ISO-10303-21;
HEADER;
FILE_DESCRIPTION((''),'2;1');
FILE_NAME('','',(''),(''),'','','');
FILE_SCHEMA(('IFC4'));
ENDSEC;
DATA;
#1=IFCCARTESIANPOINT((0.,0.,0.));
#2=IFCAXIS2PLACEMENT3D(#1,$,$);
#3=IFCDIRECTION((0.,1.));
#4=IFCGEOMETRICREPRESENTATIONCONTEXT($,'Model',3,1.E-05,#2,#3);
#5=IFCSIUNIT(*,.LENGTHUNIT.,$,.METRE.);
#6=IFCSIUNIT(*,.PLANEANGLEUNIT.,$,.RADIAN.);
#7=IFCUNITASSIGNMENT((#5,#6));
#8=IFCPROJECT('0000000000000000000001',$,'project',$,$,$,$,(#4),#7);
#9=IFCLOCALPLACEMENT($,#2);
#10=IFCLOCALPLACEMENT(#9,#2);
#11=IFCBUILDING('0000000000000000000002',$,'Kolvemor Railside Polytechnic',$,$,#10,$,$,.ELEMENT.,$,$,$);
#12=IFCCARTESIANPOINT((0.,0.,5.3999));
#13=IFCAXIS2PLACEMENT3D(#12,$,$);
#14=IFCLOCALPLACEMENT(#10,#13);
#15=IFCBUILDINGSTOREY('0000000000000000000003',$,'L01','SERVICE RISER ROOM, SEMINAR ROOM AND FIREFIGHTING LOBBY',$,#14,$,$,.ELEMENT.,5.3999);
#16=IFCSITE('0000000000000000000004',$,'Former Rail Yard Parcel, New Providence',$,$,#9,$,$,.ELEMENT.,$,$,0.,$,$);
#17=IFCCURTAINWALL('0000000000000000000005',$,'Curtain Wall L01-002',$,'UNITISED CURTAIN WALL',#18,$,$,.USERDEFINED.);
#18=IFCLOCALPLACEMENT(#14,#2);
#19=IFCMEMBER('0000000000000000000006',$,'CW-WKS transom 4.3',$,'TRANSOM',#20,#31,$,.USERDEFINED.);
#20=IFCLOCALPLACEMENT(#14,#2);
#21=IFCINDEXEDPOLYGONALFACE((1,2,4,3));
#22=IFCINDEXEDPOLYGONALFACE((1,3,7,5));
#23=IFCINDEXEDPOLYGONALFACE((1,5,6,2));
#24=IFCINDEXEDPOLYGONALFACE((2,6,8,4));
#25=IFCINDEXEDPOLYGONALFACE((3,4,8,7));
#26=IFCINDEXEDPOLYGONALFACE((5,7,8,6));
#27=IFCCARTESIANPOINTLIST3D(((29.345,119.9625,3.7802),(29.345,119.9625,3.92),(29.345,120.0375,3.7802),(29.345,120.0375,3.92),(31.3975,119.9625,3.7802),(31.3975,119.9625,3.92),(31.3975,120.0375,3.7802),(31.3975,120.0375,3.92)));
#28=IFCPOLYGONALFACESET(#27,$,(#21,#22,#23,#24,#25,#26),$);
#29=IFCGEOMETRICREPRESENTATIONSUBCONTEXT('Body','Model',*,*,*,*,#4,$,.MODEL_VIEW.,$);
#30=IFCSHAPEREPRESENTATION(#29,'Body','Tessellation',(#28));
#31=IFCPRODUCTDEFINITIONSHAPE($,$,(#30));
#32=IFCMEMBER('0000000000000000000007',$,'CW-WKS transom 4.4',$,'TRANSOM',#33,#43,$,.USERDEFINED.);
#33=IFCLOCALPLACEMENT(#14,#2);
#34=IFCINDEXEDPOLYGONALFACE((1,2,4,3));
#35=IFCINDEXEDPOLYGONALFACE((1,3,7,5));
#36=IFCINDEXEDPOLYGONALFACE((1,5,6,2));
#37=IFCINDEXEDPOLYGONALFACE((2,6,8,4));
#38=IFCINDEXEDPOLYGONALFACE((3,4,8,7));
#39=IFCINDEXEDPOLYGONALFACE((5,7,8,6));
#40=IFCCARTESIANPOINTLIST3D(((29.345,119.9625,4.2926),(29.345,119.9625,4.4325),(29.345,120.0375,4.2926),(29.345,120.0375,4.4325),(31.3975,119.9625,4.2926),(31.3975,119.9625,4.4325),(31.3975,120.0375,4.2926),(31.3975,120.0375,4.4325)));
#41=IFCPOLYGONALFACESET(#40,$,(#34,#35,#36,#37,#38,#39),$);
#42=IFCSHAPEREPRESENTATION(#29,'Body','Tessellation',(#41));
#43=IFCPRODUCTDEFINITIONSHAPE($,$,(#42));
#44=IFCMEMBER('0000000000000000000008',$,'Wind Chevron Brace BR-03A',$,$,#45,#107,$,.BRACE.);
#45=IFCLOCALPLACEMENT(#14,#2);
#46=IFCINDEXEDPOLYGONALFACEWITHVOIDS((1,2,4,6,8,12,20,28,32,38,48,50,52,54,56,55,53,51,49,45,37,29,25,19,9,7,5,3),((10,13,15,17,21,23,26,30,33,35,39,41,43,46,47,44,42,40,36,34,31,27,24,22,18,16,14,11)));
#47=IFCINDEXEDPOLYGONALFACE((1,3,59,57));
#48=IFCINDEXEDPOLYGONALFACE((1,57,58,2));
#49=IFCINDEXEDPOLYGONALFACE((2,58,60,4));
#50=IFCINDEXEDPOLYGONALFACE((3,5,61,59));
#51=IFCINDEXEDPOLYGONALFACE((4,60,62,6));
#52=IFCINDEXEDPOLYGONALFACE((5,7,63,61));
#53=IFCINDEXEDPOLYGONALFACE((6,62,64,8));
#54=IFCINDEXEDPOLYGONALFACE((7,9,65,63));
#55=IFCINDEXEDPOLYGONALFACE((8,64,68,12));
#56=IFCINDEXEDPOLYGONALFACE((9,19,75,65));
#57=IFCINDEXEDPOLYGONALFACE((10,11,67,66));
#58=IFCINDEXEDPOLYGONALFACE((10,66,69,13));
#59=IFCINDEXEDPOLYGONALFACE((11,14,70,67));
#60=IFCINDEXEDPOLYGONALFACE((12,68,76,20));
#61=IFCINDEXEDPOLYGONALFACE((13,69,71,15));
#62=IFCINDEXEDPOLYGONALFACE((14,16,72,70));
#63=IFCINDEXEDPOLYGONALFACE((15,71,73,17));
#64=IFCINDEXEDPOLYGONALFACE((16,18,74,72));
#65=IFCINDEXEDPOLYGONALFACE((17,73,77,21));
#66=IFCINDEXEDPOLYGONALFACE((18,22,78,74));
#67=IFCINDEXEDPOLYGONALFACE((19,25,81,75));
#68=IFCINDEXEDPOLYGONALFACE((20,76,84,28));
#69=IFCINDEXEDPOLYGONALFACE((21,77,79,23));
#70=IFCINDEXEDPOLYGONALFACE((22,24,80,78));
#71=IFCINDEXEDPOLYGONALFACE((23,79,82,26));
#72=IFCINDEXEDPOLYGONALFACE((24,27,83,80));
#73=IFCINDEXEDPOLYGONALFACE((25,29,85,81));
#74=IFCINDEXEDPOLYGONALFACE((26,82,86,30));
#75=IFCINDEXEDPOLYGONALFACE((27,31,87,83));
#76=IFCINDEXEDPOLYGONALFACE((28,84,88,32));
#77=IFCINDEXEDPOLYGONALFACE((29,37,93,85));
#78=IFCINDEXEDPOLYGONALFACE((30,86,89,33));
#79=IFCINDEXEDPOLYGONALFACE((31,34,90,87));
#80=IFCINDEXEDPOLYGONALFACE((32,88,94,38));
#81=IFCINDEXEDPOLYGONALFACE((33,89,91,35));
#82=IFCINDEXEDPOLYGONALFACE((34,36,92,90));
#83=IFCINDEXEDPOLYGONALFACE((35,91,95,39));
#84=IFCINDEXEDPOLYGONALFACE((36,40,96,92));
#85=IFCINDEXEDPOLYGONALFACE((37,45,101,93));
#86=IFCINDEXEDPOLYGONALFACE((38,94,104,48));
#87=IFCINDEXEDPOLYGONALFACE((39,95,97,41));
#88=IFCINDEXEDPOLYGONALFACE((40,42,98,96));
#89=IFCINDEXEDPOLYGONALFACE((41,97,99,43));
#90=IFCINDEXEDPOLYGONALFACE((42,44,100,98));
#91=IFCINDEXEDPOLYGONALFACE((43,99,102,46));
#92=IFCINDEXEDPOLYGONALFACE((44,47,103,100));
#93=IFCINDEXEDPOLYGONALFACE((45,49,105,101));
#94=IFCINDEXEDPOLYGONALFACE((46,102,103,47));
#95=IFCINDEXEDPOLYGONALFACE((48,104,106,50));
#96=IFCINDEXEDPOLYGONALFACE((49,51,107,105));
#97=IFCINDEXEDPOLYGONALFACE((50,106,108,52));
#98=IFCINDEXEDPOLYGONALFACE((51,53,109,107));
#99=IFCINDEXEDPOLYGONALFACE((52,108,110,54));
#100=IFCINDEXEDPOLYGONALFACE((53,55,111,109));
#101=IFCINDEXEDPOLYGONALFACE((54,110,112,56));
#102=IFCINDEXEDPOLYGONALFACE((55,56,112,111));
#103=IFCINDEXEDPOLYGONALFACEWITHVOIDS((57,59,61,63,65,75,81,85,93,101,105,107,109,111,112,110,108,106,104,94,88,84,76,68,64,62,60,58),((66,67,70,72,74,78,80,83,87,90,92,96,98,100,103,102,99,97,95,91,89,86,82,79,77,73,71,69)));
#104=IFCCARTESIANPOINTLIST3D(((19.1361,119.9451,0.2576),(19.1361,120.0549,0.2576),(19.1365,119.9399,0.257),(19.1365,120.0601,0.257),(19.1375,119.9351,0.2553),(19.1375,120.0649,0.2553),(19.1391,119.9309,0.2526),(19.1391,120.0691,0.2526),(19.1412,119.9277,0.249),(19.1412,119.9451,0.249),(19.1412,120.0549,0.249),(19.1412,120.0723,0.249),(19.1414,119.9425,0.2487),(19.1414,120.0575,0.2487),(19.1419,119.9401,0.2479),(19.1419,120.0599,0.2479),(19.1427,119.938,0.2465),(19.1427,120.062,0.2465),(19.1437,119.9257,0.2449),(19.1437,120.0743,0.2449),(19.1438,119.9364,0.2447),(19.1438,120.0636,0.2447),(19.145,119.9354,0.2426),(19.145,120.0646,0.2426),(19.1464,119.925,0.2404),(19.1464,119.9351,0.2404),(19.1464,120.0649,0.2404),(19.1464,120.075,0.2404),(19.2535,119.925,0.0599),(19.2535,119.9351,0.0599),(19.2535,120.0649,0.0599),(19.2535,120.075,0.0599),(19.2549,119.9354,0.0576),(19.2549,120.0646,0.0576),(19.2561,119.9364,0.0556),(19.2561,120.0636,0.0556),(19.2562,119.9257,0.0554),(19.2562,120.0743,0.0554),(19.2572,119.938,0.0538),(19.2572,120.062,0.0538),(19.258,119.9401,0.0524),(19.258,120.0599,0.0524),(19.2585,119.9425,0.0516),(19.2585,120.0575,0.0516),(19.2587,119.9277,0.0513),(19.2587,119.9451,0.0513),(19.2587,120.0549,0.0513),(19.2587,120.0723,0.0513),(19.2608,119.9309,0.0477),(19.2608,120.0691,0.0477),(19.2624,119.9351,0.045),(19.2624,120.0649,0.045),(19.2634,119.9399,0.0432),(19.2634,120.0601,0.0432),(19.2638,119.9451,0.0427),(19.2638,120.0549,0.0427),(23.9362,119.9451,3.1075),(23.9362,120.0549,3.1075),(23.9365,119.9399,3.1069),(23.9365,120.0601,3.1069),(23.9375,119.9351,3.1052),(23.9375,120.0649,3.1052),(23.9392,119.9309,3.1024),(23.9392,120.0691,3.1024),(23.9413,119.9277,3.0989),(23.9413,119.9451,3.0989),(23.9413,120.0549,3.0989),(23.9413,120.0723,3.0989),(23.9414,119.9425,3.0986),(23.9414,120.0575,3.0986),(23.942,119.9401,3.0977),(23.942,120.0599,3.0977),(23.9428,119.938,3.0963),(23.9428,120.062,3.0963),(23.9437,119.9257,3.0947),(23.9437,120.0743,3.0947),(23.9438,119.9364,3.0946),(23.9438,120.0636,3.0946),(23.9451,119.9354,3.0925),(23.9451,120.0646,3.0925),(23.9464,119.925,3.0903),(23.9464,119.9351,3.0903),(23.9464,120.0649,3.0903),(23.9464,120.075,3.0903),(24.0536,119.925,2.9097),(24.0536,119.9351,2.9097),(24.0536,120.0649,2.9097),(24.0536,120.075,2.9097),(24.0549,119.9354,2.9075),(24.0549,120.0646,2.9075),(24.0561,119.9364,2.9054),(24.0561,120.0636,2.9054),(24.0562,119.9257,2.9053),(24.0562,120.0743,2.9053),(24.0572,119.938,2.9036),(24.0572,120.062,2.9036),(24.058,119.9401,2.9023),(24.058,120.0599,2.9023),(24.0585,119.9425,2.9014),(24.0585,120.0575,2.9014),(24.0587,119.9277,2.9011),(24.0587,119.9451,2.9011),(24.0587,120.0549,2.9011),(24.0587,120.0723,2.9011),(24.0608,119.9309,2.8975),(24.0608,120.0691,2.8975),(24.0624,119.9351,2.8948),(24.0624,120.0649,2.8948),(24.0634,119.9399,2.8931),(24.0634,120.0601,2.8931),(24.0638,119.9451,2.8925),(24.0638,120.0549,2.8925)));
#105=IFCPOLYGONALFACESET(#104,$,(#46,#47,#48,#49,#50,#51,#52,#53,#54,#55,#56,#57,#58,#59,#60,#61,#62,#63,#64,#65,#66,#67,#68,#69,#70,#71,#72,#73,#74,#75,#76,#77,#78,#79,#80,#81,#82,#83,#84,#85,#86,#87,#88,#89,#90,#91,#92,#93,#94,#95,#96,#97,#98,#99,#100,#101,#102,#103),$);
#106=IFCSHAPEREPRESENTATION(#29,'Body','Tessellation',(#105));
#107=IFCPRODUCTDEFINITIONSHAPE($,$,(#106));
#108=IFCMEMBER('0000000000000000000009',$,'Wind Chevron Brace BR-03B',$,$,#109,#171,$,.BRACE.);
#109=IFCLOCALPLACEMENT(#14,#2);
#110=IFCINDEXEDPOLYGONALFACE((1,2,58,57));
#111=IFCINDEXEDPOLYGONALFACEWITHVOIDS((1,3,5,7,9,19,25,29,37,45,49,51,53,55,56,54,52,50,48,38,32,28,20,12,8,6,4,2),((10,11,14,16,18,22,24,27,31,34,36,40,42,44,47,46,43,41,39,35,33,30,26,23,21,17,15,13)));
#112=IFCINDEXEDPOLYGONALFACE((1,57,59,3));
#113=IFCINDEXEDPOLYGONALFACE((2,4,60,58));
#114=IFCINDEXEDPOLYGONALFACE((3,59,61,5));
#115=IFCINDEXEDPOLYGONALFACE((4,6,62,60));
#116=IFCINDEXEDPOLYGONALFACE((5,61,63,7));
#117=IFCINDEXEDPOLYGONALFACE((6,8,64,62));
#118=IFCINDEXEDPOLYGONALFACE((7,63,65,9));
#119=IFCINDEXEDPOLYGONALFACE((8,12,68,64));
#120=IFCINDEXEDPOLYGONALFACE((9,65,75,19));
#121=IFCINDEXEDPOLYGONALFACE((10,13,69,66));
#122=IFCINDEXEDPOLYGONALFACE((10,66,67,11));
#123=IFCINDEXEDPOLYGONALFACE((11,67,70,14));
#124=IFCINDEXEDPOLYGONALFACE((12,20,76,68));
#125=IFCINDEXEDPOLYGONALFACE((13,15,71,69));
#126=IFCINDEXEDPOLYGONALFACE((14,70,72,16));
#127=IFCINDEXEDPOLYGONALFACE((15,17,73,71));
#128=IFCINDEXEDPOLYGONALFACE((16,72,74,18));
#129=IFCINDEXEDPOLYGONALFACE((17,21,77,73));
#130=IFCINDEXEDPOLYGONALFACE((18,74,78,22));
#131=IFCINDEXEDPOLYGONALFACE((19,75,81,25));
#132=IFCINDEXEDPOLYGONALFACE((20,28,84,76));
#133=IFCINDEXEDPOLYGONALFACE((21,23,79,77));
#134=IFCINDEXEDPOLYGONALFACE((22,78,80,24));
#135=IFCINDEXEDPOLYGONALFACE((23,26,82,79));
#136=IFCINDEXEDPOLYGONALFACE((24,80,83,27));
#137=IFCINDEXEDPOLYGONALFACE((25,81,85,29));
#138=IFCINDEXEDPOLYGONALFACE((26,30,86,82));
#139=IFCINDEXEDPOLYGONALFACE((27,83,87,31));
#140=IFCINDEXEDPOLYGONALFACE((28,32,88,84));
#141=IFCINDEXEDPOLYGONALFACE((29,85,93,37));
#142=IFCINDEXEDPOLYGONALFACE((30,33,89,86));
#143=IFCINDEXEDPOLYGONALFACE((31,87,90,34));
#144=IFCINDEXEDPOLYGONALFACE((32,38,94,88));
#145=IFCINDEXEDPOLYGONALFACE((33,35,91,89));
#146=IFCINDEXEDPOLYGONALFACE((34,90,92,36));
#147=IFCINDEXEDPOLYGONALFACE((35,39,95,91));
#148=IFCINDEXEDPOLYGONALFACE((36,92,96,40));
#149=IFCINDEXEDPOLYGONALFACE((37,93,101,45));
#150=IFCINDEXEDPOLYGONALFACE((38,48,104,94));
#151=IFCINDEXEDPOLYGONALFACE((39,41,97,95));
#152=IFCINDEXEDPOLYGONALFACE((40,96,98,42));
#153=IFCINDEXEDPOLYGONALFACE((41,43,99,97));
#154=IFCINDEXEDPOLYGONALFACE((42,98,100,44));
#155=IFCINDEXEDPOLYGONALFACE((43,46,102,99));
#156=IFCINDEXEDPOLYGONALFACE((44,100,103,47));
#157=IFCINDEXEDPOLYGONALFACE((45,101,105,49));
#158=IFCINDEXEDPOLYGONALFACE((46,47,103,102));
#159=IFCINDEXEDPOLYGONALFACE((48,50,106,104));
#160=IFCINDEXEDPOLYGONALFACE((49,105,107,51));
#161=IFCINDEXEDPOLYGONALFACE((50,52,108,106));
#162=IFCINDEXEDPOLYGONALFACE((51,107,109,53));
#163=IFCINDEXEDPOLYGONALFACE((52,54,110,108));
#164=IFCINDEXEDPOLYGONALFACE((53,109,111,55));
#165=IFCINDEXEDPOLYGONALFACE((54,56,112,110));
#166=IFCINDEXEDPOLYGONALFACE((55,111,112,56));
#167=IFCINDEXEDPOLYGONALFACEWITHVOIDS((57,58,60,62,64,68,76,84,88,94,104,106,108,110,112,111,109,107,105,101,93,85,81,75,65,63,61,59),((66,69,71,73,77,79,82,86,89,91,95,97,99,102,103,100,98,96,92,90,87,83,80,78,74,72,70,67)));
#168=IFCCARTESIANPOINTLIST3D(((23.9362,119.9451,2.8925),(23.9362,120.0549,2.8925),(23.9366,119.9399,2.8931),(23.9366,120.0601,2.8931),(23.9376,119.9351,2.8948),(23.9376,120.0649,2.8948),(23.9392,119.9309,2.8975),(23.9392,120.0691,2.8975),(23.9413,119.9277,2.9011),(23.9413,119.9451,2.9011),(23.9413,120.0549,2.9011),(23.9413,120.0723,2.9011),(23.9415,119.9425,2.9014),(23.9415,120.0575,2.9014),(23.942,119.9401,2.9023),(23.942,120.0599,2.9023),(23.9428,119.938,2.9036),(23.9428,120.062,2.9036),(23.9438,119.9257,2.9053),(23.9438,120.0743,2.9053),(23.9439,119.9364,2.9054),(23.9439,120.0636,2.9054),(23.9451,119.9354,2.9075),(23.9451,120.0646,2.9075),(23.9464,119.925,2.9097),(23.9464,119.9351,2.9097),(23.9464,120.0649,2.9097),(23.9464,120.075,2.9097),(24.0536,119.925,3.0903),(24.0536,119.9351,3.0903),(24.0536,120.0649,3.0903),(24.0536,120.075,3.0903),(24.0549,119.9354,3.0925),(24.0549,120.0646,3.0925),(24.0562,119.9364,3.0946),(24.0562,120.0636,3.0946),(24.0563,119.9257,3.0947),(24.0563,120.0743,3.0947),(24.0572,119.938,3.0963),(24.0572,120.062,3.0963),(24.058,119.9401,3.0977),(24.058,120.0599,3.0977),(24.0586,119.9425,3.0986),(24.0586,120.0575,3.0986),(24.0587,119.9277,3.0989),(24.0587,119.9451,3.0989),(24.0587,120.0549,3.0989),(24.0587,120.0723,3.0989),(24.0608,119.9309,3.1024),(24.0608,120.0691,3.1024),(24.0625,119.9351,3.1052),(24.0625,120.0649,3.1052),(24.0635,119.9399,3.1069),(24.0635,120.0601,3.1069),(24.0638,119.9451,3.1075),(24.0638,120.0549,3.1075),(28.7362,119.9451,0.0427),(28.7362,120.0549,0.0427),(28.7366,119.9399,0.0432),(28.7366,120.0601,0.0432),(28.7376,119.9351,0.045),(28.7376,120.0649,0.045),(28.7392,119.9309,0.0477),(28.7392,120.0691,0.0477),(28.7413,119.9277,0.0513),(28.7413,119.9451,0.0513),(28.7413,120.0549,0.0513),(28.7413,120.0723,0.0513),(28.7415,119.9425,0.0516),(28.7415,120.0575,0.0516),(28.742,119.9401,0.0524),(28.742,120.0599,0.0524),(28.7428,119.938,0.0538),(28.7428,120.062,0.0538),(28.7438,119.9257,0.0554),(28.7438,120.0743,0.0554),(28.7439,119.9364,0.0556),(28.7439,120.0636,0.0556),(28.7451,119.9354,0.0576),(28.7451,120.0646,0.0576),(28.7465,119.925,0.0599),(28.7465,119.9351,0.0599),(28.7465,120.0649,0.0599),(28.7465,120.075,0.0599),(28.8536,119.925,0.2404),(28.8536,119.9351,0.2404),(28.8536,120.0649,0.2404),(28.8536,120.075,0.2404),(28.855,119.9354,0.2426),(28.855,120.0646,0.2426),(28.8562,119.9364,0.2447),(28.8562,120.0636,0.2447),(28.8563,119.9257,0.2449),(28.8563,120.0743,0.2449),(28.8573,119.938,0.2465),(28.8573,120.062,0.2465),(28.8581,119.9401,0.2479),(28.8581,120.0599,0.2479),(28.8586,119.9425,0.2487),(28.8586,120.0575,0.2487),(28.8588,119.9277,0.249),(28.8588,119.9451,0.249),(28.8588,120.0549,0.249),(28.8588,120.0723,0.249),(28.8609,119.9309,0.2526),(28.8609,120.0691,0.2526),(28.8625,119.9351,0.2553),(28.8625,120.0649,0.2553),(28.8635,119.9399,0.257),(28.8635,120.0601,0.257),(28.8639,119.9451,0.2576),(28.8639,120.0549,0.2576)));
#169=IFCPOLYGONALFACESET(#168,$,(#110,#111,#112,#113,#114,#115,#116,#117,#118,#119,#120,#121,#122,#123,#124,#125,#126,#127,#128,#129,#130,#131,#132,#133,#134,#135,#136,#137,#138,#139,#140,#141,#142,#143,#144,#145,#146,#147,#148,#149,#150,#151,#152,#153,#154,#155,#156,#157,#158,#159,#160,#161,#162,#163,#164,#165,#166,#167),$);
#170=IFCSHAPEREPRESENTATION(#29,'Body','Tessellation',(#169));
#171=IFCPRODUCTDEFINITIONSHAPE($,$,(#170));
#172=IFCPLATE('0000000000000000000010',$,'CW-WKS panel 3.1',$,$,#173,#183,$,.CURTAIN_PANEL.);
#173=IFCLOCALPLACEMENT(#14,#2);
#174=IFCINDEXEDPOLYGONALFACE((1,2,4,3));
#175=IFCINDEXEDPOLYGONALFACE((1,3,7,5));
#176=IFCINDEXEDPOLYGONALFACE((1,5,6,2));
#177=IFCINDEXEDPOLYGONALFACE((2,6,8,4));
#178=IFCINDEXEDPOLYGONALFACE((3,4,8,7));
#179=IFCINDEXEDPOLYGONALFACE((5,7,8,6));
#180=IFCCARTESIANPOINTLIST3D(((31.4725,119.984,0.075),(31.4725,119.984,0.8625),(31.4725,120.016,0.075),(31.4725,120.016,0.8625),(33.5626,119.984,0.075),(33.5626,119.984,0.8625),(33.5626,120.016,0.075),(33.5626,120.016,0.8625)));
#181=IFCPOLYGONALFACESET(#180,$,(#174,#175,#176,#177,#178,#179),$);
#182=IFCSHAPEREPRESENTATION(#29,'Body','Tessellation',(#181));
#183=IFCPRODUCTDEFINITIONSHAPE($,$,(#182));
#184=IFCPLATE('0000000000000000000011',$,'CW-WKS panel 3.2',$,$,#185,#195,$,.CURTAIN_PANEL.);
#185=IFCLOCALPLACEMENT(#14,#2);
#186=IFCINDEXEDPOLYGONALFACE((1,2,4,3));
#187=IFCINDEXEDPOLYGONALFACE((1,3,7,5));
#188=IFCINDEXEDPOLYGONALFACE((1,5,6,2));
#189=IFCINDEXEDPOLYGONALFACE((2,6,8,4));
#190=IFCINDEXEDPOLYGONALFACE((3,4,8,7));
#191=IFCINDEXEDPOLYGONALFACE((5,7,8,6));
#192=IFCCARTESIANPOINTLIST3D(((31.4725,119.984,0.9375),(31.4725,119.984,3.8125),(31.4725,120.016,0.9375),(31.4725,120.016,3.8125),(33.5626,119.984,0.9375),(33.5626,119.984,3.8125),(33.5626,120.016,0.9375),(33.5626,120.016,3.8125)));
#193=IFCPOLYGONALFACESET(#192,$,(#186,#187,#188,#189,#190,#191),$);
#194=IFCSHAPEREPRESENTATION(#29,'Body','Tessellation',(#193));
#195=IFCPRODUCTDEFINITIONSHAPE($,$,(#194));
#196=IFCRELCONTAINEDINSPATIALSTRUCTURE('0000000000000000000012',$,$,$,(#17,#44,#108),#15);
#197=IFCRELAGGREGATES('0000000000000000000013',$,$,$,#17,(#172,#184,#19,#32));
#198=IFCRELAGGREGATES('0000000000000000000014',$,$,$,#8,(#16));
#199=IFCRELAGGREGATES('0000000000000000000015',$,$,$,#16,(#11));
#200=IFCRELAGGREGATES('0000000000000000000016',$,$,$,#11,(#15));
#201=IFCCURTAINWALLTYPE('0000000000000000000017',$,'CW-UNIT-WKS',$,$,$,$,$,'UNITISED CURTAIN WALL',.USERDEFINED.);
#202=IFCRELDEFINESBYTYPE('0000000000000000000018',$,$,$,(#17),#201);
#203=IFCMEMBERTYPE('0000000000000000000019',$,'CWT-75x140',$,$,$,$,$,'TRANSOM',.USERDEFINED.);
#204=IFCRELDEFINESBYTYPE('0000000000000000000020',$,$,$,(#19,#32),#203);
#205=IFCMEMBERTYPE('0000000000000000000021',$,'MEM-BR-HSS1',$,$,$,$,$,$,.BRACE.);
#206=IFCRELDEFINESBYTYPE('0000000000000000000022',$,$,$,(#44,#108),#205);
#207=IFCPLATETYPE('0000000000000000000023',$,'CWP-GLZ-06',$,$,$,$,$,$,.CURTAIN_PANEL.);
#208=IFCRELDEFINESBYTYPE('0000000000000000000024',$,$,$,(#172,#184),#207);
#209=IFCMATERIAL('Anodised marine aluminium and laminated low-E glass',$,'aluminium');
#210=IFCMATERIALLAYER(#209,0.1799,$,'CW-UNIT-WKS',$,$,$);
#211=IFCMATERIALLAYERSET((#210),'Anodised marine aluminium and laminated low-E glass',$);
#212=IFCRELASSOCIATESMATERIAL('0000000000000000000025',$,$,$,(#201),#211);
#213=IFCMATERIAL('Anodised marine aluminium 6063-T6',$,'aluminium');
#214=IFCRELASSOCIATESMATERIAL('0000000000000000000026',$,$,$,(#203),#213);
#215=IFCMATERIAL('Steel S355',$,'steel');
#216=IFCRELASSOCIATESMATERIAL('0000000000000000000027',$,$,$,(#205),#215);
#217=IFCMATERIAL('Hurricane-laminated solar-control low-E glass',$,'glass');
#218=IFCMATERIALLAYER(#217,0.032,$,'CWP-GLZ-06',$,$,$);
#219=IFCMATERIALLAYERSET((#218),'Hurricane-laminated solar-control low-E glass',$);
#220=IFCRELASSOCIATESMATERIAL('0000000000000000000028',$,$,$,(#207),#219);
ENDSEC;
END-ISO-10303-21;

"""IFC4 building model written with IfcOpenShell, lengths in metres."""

from ifc_helpers import new_model, si_unit, direction, frame, origin, origin_2d, place, context, subcontext, project, spatial, rectangle, hollow_rectangle, extrude, material, layer, layer_set, material_profile, profile_set, type_object, element, aggregate, save


model = new_model("IFC4")

# Units and contexts
model_context = context("Model", 3, precision=1e-05, world=origin(), true_north=direction((0.0, 1.0)))
body_context = subcontext(model_context, "Body", "Model", "MODEL_VIEW")
ifc_project = project(units=[si_unit("LENGTHUNIT", "METRE"), si_unit("PLANEANGLEUNIT", "RADIAN")], contexts=[model_context])

# Site, building, storey
site_placement = place(None, origin())
site = spatial("IfcSite", under=ifc_project, at=site_placement, Name="Former Rail Yard Parcel, New Providence", CompositionType="ELEMENT", RefElevation=0.0)
building_placement = place(site_placement, origin())
building = spatial("IfcBuilding", under=site, at=building_placement, Name="Kolvemor Railside Polytechnic", CompositionType="ELEMENT")
storey_placement = place(building_placement, frame((0.0, 0.0, 5.3999)))
storey = spatial("IfcBuildingStorey", under=building, at=storey_placement, Name="L01", Description="SERVICE RISER ROOM, SEMINAR ROOM AND FIREFIGHTING LOBBY", CompositionType="ELEMENT", Elevation=5.3999)

# Curtain wall, members
ifc_material_1 = material(Name="Anodised marine aluminium and laminated low-E glass", Category="aluminium")
ifc_layer_1 = layer(ifc_material_1, 0.1799, Name="CW-UNIT-WKS")
ifc_layer_set_1 = layer_set([ifc_layer_1], Name="Anodised marine aluminium and laminated low-E glass")
curtain_wall_type = type_object("IfcCurtainWallType", Name="CW-UNIT-WKS", ElementType="UNITISED CURTAIN WALL", PredefinedType="USERDEFINED", material=ifc_layer_set_1)
curtain_wall_placement = place(storey_placement, origin())
curtain_wall = element("IfcCurtainWall", 1, at=curtain_wall_placement, inside=storey, type_object=curtain_wall_type, Name="Curtain Wall L01-002", ObjectType="UNITISED CURTAIN WALL", PredefinedType="USERDEFINED")
ifc_material_2 = material(Name="Anodised marine aluminium 6063-T6", Category="aluminium")
ifc_material_profile_1 = material_profile(ifc_material_2, rectangle(XDim=0.075, YDim=0.1399, at=origin_2d()), Name="CW-TRN-75x140")
ifc_profile_set_1 = profile_set([ifc_material_profile_1], Name="Anodised marine aluminium 6063-T6")
member_type_1 = type_object("IfcMemberType", Name="CWT-75x140", ElementType="TRANSOM", PredefinedType="USERDEFINED", material=ifc_profile_set_1)
member_1_placement = place(storey_placement, frame((31.3975, 120.0, 3.8501), z_axis=(-1.0, 0.0, 0.0), x_axis=(0.0, -1.0, 0.0)))
member_1 = element("IfcMember", 2, at=member_1_placement, type_object=member_type_1, Name="CW-WKS transom 4.3", ObjectType="TRANSOM", PredefinedType="USERDEFINED", context=body_context, shape_type="SweptSolid", body=[
    extrude(rectangle(XDim=0.075, YDim=0.1399, at=origin_2d()), origin(), (0.0, 0.0, 1.0), 2.0525),
])
member_2_placement = place(storey_placement, frame((31.3975, 120.0, 4.3625), z_axis=(-1.0, 0.0, 0.0), x_axis=(0.0, -1.0, 0.0)))
member_2 = element("IfcMember", 3, at=member_2_placement, type_object=member_type_1, Name="CW-WKS transom 4.4", ObjectType="TRANSOM", PredefinedType="USERDEFINED", context=body_context, shape_type="SweptSolid", body=[
    extrude(rectangle(XDim=0.075, YDim=0.1399, at=origin_2d()), origin(), (0.0, 0.0, 1.0), 2.0525),
])

# Members
ifc_material_3 = material(Name="Steel S355", Category="steel")
ifc_material_profile_2 = material_profile(ifc_material_3, hollow_rectangle(XDim=0.1499, YDim=0.25, WallThickness=0.01, InnerFilletRadius=0.01, OuterFilletRadius=0.02, at=origin_2d()), Name="HSS250x150x10")
ifc_profile_set_2 = profile_set([ifc_material_profile_2], Name="Steel S355")
member_type_2 = type_object("IfcMemberType", Name="MEM-BR-HSS1", PredefinedType="BRACE", material=ifc_profile_set_2)
for number, where, z_axis, x_axis, name in (
    (4, (19.2, 120.0, 0.1501), (0.859869, 0.0, 0.510516), (0.0, 1.0, 0.0), "Wind Chevron Brace BR-03A"),
    (5, (28.8, 120.0, 0.1501), (-0.859869, 0.0, 0.510516), (0.0, -1.0, 0.0), "Wind Chevron Brace BR-03B"),
):
    element("IfcMember", number, at=place(storey_placement, frame(where, z_axis=z_axis, x_axis=x_axis)), inside=storey, type_object=member_type_2, Name=name, PredefinedType="BRACE", context=body_context, shape_type="SweptSolid", body=[
        extrude(hollow_rectangle(XDim=0.1499, YDim=0.25, WallThickness=0.01, InnerFilletRadius=0.01, OuterFilletRadius=0.02, at=origin_2d()), origin(), (0.0, 0.0, 1.0), 5.5823),
    ])

# Plates
ifc_material_4 = material(Name="Hurricane-laminated solar-control low-E glass", Category="glass")
ifc_layer_2 = layer(ifc_material_4, 0.032, Name="CWP-GLZ-06")
ifc_layer_set_2 = layer_set([ifc_layer_2], Name="Hurricane-laminated solar-control low-E glass")
plate_type_1 = type_object("IfcPlateType", Name="CWP-GLZ-06", PredefinedType="CURTAIN_PANEL", material=ifc_layer_set_2)
plate_1_placement = place(storey_placement, frame((32.5176, 120.0, 0.075), z_axis=(0.0, 0.0, 1.0), x_axis=(-1.0, 0.0, 0.0)))
plate_1 = element("IfcPlate", 6, at=plate_1_placement, type_object=plate_type_1, Name="CW-WKS panel 3.1", PredefinedType="CURTAIN_PANEL", context=body_context, shape_type="SweptSolid", body=[
    extrude(rectangle(XDim=2.0901, YDim=0.032, at=origin_2d()), origin(), (0.0, 0.0, 1.0), 0.7876),
])
plate_2_placement = place(storey_placement, frame((32.5176, 120.0, 0.9375), z_axis=(0.0, 0.0, 1.0), x_axis=(-1.0, 0.0, 0.0)))
plate_2 = element("IfcPlate", 7, at=plate_2_placement, type_object=plate_type_1, Name="CW-WKS panel 3.2", PredefinedType="CURTAIN_PANEL", context=body_context, shape_type="SweptSolid", body=[
    extrude(rectangle(XDim=2.0901, YDim=0.032, at=origin_2d()), origin(), (0.0, 0.0, 1.0), 2.875),
])
aggregate(curtain_wall, [plate_1, plate_2, member_1, member_2])

save(model, "model.ifc")
